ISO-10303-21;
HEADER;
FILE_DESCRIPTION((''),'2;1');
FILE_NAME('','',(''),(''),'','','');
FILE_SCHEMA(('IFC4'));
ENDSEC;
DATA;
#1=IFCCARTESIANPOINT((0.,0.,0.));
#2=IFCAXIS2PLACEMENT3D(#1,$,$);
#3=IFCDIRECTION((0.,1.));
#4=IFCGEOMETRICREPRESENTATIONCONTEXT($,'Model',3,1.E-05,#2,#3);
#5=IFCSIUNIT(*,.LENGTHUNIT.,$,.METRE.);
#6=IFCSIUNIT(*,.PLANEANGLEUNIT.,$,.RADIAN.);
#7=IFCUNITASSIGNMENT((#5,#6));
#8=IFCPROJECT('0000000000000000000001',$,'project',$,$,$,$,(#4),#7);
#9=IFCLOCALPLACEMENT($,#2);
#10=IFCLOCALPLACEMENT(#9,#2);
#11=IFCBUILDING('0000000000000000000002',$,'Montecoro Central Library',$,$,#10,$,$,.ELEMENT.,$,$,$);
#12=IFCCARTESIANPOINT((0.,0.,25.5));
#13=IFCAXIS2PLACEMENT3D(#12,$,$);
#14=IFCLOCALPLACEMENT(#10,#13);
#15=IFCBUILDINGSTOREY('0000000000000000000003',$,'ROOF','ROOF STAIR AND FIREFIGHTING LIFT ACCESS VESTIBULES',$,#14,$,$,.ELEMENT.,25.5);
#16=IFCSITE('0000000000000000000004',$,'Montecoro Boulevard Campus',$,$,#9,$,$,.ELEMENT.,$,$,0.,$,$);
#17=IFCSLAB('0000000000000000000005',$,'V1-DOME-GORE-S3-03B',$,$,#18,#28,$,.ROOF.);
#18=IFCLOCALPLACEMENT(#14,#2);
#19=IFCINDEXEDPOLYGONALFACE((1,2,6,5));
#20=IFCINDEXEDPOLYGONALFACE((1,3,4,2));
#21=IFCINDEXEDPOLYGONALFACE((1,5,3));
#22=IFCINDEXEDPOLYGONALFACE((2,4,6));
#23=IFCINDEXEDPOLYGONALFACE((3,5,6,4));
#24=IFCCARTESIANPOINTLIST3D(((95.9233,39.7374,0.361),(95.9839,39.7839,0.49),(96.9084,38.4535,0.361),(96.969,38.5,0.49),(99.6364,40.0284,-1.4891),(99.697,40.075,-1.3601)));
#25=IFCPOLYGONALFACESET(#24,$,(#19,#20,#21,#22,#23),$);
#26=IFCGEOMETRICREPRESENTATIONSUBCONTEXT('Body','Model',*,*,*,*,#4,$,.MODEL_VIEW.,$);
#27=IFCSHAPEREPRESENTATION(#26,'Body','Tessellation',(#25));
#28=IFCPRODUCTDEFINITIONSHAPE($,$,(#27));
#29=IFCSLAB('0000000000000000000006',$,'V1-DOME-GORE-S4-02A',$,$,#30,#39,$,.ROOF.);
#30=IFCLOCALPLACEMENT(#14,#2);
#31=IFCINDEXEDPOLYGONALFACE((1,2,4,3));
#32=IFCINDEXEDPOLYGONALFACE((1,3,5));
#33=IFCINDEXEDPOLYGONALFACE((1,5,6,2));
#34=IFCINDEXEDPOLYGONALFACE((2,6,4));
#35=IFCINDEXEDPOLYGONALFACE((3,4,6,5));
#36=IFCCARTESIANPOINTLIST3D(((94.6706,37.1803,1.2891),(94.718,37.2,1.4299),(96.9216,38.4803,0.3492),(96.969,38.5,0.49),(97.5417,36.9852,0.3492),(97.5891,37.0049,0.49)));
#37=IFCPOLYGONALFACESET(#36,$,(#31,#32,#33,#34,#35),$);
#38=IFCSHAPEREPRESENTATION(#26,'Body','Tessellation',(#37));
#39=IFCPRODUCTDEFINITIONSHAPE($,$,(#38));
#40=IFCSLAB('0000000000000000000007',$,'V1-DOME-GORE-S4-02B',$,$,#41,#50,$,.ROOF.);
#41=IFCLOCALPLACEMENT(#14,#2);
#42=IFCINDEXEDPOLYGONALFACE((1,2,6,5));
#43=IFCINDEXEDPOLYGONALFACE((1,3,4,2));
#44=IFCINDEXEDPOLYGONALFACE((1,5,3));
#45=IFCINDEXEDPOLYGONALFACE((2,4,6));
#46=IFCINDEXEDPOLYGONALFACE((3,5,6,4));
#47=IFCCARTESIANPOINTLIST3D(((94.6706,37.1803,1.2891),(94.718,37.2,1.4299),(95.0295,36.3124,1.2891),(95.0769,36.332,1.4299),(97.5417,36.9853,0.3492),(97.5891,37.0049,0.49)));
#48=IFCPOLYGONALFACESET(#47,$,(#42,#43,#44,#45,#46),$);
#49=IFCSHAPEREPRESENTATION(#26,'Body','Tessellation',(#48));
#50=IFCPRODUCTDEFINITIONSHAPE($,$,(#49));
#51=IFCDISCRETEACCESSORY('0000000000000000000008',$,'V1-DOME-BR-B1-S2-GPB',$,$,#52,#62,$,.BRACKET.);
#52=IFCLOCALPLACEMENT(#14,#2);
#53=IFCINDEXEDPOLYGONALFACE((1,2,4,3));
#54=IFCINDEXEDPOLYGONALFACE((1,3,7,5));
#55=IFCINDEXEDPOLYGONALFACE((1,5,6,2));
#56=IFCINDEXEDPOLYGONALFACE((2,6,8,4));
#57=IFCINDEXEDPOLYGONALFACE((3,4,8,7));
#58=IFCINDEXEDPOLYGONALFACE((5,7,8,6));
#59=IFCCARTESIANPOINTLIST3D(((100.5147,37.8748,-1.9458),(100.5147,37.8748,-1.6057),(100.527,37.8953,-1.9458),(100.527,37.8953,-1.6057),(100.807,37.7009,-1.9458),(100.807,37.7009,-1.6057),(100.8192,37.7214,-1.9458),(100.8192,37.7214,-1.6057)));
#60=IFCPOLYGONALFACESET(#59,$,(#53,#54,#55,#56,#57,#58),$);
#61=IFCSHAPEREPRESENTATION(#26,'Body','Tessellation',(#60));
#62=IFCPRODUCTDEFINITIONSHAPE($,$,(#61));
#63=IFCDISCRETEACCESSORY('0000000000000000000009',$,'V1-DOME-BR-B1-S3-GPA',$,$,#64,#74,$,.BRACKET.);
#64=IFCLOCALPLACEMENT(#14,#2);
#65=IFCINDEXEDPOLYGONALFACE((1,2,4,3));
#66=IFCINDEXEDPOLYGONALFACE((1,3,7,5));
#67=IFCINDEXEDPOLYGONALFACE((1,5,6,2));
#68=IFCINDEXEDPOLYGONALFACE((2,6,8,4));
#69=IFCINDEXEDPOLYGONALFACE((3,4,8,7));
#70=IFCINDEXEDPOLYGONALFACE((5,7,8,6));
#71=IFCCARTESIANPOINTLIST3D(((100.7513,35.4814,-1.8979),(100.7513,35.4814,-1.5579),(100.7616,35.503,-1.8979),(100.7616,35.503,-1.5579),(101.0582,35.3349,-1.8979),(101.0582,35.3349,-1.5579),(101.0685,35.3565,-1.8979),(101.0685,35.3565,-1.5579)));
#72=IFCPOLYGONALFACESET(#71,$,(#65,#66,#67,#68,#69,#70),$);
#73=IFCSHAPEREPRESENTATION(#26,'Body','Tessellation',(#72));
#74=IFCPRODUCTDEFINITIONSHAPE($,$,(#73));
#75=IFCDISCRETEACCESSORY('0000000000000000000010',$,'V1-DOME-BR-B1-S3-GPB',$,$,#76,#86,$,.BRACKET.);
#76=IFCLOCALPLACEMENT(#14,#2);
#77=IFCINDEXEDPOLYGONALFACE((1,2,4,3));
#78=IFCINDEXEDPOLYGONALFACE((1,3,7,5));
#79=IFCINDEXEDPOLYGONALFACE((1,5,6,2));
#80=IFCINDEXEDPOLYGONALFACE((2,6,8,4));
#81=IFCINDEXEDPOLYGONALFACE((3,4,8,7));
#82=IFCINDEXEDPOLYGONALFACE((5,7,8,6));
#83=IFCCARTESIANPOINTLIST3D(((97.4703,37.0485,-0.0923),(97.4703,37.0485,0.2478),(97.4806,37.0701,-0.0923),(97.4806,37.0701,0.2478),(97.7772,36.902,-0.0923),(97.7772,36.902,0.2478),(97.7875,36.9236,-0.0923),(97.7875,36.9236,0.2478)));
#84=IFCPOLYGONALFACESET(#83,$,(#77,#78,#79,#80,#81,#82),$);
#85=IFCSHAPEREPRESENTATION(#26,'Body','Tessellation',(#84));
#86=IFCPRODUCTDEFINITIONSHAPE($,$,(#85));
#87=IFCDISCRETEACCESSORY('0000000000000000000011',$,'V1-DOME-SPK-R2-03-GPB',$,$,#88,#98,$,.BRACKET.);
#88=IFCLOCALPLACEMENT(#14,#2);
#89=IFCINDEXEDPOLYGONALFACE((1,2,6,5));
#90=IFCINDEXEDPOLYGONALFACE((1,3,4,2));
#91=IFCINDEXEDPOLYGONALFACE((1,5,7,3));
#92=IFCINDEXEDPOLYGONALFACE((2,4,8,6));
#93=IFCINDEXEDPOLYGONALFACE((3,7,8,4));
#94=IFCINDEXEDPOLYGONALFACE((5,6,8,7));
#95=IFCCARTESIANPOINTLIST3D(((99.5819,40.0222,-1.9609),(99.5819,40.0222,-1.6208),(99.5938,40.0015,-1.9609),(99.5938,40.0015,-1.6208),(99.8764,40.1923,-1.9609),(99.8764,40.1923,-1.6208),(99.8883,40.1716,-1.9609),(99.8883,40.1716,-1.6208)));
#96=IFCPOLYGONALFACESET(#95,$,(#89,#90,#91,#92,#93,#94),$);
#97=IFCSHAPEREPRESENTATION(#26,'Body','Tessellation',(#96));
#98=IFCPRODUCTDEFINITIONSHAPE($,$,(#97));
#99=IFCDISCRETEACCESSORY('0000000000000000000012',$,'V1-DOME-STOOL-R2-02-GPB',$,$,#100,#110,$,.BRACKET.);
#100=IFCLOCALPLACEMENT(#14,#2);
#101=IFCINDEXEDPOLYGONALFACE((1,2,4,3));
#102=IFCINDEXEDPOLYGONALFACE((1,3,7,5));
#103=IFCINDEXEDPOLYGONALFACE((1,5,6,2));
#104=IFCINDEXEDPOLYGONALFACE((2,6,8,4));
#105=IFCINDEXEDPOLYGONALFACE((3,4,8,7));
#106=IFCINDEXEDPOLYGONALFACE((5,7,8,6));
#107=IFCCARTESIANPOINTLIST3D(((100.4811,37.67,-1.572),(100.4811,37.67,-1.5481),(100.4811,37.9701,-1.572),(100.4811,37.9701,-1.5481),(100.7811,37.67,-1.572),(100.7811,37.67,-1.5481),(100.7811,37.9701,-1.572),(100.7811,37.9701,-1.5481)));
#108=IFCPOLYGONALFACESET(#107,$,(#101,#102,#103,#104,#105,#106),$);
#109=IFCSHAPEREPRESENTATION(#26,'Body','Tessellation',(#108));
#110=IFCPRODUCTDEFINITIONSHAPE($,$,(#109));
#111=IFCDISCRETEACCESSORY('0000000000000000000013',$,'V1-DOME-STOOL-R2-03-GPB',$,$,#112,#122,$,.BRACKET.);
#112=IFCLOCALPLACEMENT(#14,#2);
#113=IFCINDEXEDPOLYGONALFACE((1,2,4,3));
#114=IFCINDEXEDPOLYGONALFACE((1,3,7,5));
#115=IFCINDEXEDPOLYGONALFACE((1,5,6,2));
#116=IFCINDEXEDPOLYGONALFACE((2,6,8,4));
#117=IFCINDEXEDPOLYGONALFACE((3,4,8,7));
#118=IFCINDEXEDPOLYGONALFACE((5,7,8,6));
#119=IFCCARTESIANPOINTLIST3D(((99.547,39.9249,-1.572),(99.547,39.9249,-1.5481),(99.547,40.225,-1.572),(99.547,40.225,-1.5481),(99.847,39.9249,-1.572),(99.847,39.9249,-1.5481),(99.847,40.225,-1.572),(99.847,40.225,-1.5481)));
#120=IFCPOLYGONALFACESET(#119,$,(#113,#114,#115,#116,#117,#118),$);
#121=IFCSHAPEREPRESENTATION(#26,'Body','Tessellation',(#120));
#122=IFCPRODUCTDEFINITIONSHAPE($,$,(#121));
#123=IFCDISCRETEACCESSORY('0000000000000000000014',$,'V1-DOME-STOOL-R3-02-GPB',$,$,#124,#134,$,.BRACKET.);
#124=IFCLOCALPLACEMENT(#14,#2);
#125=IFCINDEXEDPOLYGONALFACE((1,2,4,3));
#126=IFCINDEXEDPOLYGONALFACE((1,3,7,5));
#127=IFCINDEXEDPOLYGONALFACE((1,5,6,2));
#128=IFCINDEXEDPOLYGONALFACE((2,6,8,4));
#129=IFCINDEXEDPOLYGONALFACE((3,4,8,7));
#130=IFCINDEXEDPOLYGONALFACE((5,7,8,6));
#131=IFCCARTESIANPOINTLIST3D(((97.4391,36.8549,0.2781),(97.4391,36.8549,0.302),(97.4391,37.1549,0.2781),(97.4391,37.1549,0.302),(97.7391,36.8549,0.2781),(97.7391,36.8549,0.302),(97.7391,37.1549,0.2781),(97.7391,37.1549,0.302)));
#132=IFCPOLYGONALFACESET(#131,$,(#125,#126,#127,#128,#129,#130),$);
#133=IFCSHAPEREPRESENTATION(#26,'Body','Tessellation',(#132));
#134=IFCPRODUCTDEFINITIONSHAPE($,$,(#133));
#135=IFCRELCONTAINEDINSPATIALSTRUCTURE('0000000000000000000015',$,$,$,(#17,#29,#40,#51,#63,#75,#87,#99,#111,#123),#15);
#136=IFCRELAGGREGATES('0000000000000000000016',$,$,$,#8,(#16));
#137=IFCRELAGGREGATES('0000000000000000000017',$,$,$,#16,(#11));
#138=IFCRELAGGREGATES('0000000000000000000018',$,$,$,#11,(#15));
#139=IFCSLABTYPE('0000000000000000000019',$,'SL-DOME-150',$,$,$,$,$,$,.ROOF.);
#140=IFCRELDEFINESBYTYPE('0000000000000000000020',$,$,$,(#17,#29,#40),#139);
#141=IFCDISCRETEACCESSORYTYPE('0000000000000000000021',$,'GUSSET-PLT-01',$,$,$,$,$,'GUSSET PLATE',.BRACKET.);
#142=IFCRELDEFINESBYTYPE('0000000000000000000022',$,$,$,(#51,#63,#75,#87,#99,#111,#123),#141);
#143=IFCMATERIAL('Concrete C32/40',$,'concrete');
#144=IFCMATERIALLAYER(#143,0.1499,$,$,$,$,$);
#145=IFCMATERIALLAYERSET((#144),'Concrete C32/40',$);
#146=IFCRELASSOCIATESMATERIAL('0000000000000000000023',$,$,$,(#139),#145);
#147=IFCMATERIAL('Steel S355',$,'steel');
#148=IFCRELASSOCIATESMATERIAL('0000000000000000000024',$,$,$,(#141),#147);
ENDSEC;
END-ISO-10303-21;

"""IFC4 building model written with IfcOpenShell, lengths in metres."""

from ifc_helpers import new_model, si_unit, direction, frame, origin, origin_2d, place, context, subcontext, project, spatial, polyline, rectangle, outline, extrude, material, layer, layer_set, type_object, element, save


model = new_model("IFC4")

# Units and contexts
model_context = context("Model", 3, precision=1e-05, world=origin(), true_north=direction((0.0, 1.0)))
body_context = subcontext(model_context, "Body", "Model", "MODEL_VIEW")
ifc_project = project(units=[si_unit("LENGTHUNIT", "METRE"), si_unit("PLANEANGLEUNIT", "RADIAN")], contexts=[model_context])

# Site, building, storey
site_placement = place(None, origin())
site = spatial("IfcSite", under=ifc_project, at=site_placement, Name="Montecoro Boulevard Campus", CompositionType="ELEMENT", RefElevation=0.0)
building_placement = place(site_placement, origin())
building = spatial("IfcBuilding", under=site, at=building_placement, Name="Montecoro Central Library", CompositionType="ELEMENT")
storey_placement = place(building_placement, frame((0.0, 0.0, 25.5)))
storey = spatial("IfcBuildingStorey", under=building, at=storey_placement, Name="ROOF", Description="ROOF STAIR AND FIREFIGHTING LIFT ACCESS VESTIBULES", CompositionType="ELEMENT", Elevation=25.5)

# Shared definitions
ifc_material_1 = material(Name="Steel S355", Category="steel")

# Slabs
ifc_material_2 = material(Name="Concrete C32/40", Category="concrete")
ifc_layer = layer(ifc_material_2, 0.1499)
ifc_layer_set = layer_set([ifc_layer], Name="Concrete C32/40")
slab_type = type_object("IfcSlabType", Name="SL-DOME-150", PredefinedType="ROOF", material=ifc_layer_set)
slab_1_placement = place(storey_placement, frame((99.697, 40.075, -1.3601), z_axis=(0.404368, 0.310254, 0.860366), x_axis=(-0.892856, -0.069977, 0.444872)))
element("IfcSlab", 1, at=slab_1_placement, inside=storey, type_object=slab_type, Name="V1-DOME-GORE-S3-03B", PredefinedType="ROOF", context=body_context, shape_type="SweptSolid", body=[
    extrude(outline(polyline([(0.0, 0.0), (4.1587, 0.0), (3.369, 1.4125), (0.0, 0.0)])), origin(), (0.0, 0.0, -1.0), 0.1499),
])
slab_2_placement = place(storey_placement, frame((97.5891, 37.0049, 0.49), z_axis=(0.316484, 0.131265, 0.939472), x_axis=(-0.383115, 0.9237, 0.0)))
element("IfcSlab", 2, at=slab_2_placement, inside=storey, type_object=slab_type, Name="V1-DOME-GORE-S4-02A", PredefinedType="ROOF", context=body_context, shape_type="SweptSolid", body=[
    extrude(outline(polyline([(0.0, 0.0), (1.6186, 0.0), (1.2801, 2.7433), (0.0, 0.0)])), origin(), (0.0, 0.0, -1.0), 0.1499),
])
slab_3_placement = place(storey_placement, frame((97.5891, 37.0049, 0.49), z_axis=(0.316476, 0.130863, 0.939531), x_axis=(-0.948392, 0.064436, 0.310485)))
element("IfcSlab", 3, at=slab_3_placement, inside=storey, type_object=slab_type, Name="V1-DOME-GORE-S4-02B", PredefinedType="ROOF", context=body_context, shape_type="SweptSolid", body=[
    extrude(outline(polyline([(0.0, 0.0), (3.0273, 0.0), (2.631, 0.8515), (0.0, 0.0)])), origin(), (0.0, 0.0, -1.0), 0.1499),
])

# Discrete accessories
discrete_accessory_type = type_object("IfcDiscreteAccessoryType", Name="GUSSET-PLT-01", ElementType="GUSSET PLATE", PredefinedType="BRACKET", material=ifc_material_1)
for number, where, z_axis, x_axis, name in (
    (4, (100.667, 37.7981, -1.9458), (0.0, 0.0, 1.0), (-0.859406, 0.511293, 0.0), "V1-DOME-BR-B1-S2-GPB"),
    (5, (100.9099, 35.4189, -1.8979), (0.0, 0.0, 1.0), (-0.902435, 0.430826, 0.0), "V1-DOME-BR-B1-S3-GPA"),
    (6, (97.6289, 36.9861, -0.0923), (0.0, 0.0, 1.0), (-0.902435, 0.430826, 0.0), "V1-DOME-BR-B1-S3-GPB"),
    (7, (99.7351, 40.0969, -1.9609), (0.0, 0.0, 1.0), (-0.865938, -0.500151, 0.0), "V1-DOME-SPK-R2-03-GPB"),
):
    element("IfcDiscreteAccessory", number, at=place(storey_placement, frame(where, z_axis=z_axis, x_axis=x_axis)), inside=storey, type_object=discrete_accessory_type, Name=name, PredefinedType="BRACKET", context=body_context, shape_type="SweptSolid", body=[
        extrude(rectangle(XDim=0.3401, YDim=0.0239, at=origin_2d()), origin(), (0.0, 0.0, 1.0), 0.3401),
    ])
for number, where, z_axis, x_axis, name in (
    (8, (100.6311, 37.8201, -1.572), (0.0, 0.0, 1.0), (1.0, 0.0, 0.0), "V1-DOME-STOOL-R2-02-GPB"),
    (9, (99.697, 40.075, -1.572), (0.0, 0.0, 1.0), (1.0, 0.0, 0.0), "V1-DOME-STOOL-R2-03-GPB"),
    (10, (97.5891, 37.0049, 0.2781), (0.0, 0.0, 1.0), (1.0, 0.0, 0.0), "V1-DOME-STOOL-R3-02-GPB"),
):
    element("IfcDiscreteAccessory", number, at=place(storey_placement, frame(where, z_axis=z_axis, x_axis=x_axis)), inside=storey, type_object=discrete_accessory_type, Name=name, PredefinedType="BRACKET", context=body_context, shape_type="SweptSolid", body=[
        extrude(rectangle(XDim=0.3, YDim=0.3, at=origin_2d()), origin(), (0.0, 0.0, 1.0), 0.0239),
    ])

save(model, "model.ifc")
